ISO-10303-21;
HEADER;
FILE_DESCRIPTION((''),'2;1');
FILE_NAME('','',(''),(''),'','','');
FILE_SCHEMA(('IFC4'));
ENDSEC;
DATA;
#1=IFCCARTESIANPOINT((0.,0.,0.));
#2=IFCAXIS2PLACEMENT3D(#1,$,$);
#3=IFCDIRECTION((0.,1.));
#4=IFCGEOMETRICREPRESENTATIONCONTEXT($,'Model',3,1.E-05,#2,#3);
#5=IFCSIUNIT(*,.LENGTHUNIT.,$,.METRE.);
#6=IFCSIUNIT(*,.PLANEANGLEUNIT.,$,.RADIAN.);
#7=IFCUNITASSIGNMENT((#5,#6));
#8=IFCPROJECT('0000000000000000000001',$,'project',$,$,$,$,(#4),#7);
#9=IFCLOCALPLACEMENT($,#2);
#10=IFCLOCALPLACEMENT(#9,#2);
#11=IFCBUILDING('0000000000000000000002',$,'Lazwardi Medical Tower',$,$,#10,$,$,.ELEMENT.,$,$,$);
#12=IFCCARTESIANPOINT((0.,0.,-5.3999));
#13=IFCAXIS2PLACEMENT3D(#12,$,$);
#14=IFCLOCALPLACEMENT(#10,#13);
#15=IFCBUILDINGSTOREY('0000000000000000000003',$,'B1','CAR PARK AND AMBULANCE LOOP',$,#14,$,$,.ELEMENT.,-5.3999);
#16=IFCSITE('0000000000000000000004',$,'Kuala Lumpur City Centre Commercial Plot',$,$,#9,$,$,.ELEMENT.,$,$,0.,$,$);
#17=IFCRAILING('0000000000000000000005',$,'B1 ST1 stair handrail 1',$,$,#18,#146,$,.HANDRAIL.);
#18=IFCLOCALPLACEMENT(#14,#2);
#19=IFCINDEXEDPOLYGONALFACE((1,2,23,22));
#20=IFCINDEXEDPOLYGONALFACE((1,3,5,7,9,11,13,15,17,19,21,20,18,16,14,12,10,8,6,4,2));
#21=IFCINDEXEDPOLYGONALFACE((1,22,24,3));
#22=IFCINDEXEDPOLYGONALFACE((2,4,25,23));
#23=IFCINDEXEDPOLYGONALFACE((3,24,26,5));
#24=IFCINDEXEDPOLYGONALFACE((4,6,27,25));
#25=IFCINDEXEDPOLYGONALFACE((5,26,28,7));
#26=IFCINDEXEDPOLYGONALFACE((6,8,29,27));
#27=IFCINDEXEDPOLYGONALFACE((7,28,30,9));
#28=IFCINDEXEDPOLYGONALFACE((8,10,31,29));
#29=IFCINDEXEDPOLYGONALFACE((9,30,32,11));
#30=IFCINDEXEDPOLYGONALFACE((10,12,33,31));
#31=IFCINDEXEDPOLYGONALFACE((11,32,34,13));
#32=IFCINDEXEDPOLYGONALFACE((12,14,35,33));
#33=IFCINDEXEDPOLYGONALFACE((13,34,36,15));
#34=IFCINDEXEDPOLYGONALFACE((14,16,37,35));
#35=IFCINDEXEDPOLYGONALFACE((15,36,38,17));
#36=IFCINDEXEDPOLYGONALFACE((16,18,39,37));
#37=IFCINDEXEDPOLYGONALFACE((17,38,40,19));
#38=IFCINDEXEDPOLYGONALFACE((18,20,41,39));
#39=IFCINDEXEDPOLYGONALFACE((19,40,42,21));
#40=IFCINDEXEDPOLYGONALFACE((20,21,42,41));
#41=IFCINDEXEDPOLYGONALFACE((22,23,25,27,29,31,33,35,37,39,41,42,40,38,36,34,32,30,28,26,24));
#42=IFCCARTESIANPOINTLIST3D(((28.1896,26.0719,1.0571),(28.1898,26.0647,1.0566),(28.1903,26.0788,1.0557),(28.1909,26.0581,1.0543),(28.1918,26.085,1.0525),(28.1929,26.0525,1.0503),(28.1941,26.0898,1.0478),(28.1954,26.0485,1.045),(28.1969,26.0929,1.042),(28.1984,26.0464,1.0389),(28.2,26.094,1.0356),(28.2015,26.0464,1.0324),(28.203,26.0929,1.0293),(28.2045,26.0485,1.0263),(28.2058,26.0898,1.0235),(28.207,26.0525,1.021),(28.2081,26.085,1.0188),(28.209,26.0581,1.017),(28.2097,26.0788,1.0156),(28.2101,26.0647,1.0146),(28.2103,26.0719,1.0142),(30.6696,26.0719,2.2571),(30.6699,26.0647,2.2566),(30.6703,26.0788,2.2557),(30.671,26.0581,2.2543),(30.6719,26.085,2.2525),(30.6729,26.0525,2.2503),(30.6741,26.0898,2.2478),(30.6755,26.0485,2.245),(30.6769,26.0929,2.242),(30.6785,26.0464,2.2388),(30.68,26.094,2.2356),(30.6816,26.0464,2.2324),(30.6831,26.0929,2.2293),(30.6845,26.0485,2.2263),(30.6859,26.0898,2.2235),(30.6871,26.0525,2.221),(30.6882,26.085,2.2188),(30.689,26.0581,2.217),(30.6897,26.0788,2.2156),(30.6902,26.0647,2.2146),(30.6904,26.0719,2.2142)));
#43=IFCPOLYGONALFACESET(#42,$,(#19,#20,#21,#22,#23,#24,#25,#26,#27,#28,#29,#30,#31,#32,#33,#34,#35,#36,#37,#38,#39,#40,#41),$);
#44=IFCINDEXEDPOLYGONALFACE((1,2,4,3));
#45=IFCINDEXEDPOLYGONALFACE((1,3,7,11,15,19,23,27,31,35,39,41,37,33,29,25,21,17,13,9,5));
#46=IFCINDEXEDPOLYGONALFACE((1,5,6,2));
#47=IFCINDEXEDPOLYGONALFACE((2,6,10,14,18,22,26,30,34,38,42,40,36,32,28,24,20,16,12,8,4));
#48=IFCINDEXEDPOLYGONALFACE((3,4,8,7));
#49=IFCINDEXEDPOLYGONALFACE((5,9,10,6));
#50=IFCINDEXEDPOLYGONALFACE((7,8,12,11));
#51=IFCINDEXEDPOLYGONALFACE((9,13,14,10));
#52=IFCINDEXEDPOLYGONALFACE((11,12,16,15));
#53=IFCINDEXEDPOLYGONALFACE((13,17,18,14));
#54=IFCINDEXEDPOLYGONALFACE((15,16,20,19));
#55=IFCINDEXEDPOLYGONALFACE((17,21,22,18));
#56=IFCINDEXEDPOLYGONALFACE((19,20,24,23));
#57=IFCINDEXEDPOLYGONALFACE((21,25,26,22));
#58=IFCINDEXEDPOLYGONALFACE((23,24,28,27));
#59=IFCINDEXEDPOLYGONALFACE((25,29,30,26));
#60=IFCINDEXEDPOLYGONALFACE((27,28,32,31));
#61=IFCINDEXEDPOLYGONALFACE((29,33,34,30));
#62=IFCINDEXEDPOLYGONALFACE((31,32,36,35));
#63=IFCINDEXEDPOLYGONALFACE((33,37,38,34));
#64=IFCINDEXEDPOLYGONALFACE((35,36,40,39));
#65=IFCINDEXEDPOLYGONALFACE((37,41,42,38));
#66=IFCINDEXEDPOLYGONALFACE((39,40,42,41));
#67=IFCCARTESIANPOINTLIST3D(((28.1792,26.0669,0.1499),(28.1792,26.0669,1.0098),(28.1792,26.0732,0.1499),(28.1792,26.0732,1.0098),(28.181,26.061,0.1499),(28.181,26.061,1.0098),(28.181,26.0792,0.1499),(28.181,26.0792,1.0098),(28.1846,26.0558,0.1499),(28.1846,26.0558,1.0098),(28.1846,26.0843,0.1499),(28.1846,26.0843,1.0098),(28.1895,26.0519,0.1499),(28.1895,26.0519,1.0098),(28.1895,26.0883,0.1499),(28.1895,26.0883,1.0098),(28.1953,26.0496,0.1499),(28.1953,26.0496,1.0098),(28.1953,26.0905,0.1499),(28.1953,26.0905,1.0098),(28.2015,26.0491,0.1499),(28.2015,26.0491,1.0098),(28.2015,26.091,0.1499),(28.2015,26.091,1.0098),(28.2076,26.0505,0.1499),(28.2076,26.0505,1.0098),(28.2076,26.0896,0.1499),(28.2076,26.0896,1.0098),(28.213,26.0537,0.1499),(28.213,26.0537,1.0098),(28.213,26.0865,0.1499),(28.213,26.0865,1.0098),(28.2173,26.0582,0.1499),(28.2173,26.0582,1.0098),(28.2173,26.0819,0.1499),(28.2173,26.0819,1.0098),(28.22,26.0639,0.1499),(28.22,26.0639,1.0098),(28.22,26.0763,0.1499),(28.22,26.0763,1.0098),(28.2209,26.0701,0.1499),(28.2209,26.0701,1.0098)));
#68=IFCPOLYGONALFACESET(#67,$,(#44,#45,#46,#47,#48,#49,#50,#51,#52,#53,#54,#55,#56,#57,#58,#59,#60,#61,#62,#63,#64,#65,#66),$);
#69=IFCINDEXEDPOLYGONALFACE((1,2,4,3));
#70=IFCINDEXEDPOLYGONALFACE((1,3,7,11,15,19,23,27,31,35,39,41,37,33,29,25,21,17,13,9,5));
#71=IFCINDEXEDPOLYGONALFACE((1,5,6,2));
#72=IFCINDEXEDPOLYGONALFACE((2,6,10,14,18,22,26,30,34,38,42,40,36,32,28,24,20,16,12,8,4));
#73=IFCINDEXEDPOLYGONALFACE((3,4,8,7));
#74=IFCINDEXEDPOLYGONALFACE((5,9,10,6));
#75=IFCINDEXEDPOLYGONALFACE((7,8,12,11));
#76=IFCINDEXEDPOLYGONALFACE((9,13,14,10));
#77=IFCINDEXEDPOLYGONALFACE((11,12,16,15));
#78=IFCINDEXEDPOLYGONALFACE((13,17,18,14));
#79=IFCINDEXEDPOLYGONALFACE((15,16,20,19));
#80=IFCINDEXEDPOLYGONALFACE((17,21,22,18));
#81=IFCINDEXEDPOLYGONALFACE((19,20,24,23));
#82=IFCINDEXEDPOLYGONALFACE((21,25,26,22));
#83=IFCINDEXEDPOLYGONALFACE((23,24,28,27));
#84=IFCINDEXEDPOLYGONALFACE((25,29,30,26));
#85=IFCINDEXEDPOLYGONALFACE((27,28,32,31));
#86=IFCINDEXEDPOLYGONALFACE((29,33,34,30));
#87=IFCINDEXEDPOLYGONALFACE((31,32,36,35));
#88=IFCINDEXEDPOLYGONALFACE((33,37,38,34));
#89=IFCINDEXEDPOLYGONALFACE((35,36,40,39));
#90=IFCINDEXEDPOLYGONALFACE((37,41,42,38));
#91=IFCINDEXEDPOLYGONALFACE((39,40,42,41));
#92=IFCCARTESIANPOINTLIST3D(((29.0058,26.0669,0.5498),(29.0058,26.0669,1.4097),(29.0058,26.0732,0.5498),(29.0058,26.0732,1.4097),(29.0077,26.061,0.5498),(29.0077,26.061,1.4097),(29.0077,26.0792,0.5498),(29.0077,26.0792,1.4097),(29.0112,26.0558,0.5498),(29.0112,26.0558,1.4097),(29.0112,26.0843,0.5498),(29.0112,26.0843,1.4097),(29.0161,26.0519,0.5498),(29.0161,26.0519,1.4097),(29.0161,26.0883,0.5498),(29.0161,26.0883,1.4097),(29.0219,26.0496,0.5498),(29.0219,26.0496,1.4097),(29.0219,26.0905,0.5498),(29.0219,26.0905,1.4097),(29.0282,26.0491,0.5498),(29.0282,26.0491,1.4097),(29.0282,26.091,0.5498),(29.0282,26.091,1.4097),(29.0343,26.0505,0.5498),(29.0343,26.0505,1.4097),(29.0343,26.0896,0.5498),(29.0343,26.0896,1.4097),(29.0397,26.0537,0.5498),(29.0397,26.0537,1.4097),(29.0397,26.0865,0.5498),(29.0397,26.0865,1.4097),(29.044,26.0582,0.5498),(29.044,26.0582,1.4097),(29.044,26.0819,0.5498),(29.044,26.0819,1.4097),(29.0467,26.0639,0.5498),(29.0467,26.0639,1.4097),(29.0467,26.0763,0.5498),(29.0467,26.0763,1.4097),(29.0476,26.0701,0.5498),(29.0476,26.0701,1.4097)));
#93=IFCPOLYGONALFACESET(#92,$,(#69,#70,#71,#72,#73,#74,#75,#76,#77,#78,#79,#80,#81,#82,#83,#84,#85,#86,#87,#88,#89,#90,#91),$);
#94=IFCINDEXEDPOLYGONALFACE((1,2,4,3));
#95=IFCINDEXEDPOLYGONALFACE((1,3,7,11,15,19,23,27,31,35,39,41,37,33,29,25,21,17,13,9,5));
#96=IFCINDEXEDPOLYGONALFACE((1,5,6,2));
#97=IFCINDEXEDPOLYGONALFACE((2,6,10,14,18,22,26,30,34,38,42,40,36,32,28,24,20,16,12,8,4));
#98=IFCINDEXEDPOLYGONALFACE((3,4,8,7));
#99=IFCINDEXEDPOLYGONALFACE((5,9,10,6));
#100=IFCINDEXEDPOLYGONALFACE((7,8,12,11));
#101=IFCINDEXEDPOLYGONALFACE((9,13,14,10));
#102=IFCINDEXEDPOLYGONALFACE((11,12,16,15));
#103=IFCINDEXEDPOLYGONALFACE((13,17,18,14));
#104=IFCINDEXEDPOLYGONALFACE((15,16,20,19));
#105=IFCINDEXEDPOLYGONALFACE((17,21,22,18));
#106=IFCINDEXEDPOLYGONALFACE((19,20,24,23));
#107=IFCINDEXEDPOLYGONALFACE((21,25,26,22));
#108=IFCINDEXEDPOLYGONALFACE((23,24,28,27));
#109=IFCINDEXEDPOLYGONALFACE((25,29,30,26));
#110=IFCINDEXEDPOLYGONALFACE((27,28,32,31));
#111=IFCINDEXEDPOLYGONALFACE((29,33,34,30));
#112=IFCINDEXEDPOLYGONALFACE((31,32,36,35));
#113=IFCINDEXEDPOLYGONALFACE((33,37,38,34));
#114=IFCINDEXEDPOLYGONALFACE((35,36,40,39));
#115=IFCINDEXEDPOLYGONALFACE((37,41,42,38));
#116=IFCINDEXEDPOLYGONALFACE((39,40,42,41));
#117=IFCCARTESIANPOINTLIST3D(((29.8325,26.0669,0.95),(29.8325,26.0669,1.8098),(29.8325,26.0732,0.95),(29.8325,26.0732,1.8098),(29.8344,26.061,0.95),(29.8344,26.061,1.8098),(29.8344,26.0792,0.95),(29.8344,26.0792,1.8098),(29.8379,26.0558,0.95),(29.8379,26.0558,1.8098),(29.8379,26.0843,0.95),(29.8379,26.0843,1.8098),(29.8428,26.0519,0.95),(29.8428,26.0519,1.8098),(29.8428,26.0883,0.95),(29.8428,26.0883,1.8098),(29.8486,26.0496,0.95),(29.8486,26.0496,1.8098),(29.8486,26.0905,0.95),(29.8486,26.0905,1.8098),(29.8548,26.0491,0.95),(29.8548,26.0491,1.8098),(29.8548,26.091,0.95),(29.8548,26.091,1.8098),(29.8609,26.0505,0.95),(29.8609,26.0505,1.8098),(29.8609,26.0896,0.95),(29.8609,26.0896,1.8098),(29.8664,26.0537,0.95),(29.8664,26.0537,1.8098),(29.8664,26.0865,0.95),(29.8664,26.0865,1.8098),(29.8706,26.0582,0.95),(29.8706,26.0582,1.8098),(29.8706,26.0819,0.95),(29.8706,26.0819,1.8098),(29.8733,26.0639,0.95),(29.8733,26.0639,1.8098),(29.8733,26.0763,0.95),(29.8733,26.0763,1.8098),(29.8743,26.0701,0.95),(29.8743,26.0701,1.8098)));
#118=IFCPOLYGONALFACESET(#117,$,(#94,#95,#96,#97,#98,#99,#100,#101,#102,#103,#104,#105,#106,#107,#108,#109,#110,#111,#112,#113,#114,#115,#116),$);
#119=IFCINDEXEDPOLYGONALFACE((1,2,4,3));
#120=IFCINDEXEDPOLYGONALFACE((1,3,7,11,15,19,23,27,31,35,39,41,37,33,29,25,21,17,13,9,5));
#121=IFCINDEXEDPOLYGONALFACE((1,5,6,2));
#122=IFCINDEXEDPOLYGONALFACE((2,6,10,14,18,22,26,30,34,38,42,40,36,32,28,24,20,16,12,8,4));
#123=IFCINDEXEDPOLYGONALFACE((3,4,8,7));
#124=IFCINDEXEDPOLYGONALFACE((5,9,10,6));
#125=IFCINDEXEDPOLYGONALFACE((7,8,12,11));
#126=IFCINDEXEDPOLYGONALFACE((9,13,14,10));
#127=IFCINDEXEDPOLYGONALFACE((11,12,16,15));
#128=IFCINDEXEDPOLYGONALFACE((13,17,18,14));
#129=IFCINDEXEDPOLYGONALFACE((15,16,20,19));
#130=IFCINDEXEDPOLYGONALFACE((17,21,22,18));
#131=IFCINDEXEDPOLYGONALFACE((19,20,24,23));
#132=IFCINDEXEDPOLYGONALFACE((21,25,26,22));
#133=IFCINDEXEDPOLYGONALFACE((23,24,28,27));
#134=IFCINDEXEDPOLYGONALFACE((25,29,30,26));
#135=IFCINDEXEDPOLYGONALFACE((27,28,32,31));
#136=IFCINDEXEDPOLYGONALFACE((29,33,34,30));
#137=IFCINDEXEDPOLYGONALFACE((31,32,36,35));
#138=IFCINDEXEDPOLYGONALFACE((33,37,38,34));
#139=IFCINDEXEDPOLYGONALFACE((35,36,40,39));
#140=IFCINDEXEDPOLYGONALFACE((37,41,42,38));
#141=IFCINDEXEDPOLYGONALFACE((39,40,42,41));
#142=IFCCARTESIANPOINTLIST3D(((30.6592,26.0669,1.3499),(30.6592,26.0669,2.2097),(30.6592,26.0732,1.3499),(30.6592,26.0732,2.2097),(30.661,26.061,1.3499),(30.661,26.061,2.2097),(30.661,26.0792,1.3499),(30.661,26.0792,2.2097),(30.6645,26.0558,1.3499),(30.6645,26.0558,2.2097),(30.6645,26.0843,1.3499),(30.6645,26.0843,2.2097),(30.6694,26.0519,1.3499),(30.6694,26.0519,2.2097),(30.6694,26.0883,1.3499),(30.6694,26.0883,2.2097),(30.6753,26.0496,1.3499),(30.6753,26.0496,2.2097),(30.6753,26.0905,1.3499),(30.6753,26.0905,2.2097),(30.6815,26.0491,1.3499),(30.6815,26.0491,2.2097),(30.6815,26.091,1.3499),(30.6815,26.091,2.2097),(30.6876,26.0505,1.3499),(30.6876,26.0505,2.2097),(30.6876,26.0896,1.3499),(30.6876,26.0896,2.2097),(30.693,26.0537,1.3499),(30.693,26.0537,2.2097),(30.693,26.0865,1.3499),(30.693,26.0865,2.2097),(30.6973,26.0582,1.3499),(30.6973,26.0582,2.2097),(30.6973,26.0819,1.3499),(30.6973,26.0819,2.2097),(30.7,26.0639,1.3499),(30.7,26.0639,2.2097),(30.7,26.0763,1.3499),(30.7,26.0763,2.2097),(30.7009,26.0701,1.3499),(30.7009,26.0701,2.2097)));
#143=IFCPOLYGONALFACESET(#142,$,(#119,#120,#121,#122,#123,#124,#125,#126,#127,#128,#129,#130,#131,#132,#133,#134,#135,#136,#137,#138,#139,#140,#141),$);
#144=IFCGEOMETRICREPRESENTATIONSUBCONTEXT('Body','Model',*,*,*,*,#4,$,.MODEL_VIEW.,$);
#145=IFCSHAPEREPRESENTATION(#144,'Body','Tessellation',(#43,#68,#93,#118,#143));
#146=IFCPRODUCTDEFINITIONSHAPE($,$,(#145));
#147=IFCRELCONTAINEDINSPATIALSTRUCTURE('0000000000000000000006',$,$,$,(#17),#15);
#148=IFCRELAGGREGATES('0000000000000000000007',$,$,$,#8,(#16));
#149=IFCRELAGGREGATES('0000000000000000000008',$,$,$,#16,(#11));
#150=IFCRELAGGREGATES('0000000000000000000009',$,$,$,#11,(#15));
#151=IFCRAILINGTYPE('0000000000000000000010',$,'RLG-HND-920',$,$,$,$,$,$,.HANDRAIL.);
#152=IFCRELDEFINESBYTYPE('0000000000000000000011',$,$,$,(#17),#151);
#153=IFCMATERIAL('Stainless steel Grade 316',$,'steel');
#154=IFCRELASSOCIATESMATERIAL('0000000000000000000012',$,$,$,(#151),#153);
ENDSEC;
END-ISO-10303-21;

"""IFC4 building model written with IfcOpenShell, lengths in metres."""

from ifc_helpers import new_model, si_unit, direction, frame, origin, origin_2d, place, context, subcontext, project, spatial, circle, extrude, material, type_object, element, save


model = new_model("IFC4")

# Units and contexts
model_context = context("Model", 3, precision=1e-05, world=origin(), true_north=direction((0.0, 1.0)))
body_context = subcontext(model_context, "Body", "Model", "MODEL_VIEW")
ifc_project = project(units=[si_unit("LENGTHUNIT", "METRE"), si_unit("PLANEANGLEUNIT", "RADIAN")], contexts=[model_context])

# Site, building, storey
site_placement = place(None, origin())
site = spatial("IfcSite", under=ifc_project, at=site_placement, Name="Kuala Lumpur City Centre Commercial Plot", CompositionType="ELEMENT", RefElevation=0.0)
building_placement = place(site_placement, origin())
building = spatial("IfcBuilding", under=site, at=building_placement, Name="Lazwardi Medical Tower", CompositionType="ELEMENT")
storey_placement = place(building_placement, frame((0.0, 0.0, -5.3999)))
storey = spatial("IfcBuildingStorey", under=building, at=storey_placement, Name="B1", Description="CAR PARK AND AMBULANCE LOOP", CompositionType="ELEMENT", Elevation=-5.3999)

# Railing
ifc_material_1 = material(Name="Stainless steel Grade 316", Category="steel")
railing_type_1 = type_object("IfcRailingType", Name="RLG-HND-920", PredefinedType="HANDRAIL", material=ifc_material_1)
railing_1_placement = place(storey_placement, frame((28.2, 26.0701, 0.1499)))
element("IfcRailing", 1, at=railing_1_placement, inside=storey, type_object=railing_type_1, Name="B1 ST1 stair handrail 1", PredefinedType="HANDRAIL", context=body_context, shape_type="SweptSolid", body=[
    extrude(circle(Radius=0.0239, at=origin_2d()), frame((0.0, 0.0, 0.8857), z_axis=(0.900165, 0.0, 0.435549), x_axis=(0.0, 1.0, 0.0)), (0.0, 0.0, 1.0), 2.7551),
    extrude(circle(Radius=0.021, at=origin_2d()), origin(), (0.0, 0.0, 1.0), 0.8599),
    extrude(circle(Radius=0.021, at=origin_2d()), frame((0.8267, 0.0, 0.3999)), (0.0, 0.0, 1.0), 0.8599),
    extrude(circle(Radius=0.021, at=origin_2d()), frame((1.6533, 0.0, 0.8)), (0.0, 0.0, 1.0), 0.8599),
    extrude(circle(Radius=0.021, at=origin_2d()), frame((2.48, 0.0, 1.2)), (0.0, 0.0, 1.0), 0.8599),
])

save(model, "model.ifc")
